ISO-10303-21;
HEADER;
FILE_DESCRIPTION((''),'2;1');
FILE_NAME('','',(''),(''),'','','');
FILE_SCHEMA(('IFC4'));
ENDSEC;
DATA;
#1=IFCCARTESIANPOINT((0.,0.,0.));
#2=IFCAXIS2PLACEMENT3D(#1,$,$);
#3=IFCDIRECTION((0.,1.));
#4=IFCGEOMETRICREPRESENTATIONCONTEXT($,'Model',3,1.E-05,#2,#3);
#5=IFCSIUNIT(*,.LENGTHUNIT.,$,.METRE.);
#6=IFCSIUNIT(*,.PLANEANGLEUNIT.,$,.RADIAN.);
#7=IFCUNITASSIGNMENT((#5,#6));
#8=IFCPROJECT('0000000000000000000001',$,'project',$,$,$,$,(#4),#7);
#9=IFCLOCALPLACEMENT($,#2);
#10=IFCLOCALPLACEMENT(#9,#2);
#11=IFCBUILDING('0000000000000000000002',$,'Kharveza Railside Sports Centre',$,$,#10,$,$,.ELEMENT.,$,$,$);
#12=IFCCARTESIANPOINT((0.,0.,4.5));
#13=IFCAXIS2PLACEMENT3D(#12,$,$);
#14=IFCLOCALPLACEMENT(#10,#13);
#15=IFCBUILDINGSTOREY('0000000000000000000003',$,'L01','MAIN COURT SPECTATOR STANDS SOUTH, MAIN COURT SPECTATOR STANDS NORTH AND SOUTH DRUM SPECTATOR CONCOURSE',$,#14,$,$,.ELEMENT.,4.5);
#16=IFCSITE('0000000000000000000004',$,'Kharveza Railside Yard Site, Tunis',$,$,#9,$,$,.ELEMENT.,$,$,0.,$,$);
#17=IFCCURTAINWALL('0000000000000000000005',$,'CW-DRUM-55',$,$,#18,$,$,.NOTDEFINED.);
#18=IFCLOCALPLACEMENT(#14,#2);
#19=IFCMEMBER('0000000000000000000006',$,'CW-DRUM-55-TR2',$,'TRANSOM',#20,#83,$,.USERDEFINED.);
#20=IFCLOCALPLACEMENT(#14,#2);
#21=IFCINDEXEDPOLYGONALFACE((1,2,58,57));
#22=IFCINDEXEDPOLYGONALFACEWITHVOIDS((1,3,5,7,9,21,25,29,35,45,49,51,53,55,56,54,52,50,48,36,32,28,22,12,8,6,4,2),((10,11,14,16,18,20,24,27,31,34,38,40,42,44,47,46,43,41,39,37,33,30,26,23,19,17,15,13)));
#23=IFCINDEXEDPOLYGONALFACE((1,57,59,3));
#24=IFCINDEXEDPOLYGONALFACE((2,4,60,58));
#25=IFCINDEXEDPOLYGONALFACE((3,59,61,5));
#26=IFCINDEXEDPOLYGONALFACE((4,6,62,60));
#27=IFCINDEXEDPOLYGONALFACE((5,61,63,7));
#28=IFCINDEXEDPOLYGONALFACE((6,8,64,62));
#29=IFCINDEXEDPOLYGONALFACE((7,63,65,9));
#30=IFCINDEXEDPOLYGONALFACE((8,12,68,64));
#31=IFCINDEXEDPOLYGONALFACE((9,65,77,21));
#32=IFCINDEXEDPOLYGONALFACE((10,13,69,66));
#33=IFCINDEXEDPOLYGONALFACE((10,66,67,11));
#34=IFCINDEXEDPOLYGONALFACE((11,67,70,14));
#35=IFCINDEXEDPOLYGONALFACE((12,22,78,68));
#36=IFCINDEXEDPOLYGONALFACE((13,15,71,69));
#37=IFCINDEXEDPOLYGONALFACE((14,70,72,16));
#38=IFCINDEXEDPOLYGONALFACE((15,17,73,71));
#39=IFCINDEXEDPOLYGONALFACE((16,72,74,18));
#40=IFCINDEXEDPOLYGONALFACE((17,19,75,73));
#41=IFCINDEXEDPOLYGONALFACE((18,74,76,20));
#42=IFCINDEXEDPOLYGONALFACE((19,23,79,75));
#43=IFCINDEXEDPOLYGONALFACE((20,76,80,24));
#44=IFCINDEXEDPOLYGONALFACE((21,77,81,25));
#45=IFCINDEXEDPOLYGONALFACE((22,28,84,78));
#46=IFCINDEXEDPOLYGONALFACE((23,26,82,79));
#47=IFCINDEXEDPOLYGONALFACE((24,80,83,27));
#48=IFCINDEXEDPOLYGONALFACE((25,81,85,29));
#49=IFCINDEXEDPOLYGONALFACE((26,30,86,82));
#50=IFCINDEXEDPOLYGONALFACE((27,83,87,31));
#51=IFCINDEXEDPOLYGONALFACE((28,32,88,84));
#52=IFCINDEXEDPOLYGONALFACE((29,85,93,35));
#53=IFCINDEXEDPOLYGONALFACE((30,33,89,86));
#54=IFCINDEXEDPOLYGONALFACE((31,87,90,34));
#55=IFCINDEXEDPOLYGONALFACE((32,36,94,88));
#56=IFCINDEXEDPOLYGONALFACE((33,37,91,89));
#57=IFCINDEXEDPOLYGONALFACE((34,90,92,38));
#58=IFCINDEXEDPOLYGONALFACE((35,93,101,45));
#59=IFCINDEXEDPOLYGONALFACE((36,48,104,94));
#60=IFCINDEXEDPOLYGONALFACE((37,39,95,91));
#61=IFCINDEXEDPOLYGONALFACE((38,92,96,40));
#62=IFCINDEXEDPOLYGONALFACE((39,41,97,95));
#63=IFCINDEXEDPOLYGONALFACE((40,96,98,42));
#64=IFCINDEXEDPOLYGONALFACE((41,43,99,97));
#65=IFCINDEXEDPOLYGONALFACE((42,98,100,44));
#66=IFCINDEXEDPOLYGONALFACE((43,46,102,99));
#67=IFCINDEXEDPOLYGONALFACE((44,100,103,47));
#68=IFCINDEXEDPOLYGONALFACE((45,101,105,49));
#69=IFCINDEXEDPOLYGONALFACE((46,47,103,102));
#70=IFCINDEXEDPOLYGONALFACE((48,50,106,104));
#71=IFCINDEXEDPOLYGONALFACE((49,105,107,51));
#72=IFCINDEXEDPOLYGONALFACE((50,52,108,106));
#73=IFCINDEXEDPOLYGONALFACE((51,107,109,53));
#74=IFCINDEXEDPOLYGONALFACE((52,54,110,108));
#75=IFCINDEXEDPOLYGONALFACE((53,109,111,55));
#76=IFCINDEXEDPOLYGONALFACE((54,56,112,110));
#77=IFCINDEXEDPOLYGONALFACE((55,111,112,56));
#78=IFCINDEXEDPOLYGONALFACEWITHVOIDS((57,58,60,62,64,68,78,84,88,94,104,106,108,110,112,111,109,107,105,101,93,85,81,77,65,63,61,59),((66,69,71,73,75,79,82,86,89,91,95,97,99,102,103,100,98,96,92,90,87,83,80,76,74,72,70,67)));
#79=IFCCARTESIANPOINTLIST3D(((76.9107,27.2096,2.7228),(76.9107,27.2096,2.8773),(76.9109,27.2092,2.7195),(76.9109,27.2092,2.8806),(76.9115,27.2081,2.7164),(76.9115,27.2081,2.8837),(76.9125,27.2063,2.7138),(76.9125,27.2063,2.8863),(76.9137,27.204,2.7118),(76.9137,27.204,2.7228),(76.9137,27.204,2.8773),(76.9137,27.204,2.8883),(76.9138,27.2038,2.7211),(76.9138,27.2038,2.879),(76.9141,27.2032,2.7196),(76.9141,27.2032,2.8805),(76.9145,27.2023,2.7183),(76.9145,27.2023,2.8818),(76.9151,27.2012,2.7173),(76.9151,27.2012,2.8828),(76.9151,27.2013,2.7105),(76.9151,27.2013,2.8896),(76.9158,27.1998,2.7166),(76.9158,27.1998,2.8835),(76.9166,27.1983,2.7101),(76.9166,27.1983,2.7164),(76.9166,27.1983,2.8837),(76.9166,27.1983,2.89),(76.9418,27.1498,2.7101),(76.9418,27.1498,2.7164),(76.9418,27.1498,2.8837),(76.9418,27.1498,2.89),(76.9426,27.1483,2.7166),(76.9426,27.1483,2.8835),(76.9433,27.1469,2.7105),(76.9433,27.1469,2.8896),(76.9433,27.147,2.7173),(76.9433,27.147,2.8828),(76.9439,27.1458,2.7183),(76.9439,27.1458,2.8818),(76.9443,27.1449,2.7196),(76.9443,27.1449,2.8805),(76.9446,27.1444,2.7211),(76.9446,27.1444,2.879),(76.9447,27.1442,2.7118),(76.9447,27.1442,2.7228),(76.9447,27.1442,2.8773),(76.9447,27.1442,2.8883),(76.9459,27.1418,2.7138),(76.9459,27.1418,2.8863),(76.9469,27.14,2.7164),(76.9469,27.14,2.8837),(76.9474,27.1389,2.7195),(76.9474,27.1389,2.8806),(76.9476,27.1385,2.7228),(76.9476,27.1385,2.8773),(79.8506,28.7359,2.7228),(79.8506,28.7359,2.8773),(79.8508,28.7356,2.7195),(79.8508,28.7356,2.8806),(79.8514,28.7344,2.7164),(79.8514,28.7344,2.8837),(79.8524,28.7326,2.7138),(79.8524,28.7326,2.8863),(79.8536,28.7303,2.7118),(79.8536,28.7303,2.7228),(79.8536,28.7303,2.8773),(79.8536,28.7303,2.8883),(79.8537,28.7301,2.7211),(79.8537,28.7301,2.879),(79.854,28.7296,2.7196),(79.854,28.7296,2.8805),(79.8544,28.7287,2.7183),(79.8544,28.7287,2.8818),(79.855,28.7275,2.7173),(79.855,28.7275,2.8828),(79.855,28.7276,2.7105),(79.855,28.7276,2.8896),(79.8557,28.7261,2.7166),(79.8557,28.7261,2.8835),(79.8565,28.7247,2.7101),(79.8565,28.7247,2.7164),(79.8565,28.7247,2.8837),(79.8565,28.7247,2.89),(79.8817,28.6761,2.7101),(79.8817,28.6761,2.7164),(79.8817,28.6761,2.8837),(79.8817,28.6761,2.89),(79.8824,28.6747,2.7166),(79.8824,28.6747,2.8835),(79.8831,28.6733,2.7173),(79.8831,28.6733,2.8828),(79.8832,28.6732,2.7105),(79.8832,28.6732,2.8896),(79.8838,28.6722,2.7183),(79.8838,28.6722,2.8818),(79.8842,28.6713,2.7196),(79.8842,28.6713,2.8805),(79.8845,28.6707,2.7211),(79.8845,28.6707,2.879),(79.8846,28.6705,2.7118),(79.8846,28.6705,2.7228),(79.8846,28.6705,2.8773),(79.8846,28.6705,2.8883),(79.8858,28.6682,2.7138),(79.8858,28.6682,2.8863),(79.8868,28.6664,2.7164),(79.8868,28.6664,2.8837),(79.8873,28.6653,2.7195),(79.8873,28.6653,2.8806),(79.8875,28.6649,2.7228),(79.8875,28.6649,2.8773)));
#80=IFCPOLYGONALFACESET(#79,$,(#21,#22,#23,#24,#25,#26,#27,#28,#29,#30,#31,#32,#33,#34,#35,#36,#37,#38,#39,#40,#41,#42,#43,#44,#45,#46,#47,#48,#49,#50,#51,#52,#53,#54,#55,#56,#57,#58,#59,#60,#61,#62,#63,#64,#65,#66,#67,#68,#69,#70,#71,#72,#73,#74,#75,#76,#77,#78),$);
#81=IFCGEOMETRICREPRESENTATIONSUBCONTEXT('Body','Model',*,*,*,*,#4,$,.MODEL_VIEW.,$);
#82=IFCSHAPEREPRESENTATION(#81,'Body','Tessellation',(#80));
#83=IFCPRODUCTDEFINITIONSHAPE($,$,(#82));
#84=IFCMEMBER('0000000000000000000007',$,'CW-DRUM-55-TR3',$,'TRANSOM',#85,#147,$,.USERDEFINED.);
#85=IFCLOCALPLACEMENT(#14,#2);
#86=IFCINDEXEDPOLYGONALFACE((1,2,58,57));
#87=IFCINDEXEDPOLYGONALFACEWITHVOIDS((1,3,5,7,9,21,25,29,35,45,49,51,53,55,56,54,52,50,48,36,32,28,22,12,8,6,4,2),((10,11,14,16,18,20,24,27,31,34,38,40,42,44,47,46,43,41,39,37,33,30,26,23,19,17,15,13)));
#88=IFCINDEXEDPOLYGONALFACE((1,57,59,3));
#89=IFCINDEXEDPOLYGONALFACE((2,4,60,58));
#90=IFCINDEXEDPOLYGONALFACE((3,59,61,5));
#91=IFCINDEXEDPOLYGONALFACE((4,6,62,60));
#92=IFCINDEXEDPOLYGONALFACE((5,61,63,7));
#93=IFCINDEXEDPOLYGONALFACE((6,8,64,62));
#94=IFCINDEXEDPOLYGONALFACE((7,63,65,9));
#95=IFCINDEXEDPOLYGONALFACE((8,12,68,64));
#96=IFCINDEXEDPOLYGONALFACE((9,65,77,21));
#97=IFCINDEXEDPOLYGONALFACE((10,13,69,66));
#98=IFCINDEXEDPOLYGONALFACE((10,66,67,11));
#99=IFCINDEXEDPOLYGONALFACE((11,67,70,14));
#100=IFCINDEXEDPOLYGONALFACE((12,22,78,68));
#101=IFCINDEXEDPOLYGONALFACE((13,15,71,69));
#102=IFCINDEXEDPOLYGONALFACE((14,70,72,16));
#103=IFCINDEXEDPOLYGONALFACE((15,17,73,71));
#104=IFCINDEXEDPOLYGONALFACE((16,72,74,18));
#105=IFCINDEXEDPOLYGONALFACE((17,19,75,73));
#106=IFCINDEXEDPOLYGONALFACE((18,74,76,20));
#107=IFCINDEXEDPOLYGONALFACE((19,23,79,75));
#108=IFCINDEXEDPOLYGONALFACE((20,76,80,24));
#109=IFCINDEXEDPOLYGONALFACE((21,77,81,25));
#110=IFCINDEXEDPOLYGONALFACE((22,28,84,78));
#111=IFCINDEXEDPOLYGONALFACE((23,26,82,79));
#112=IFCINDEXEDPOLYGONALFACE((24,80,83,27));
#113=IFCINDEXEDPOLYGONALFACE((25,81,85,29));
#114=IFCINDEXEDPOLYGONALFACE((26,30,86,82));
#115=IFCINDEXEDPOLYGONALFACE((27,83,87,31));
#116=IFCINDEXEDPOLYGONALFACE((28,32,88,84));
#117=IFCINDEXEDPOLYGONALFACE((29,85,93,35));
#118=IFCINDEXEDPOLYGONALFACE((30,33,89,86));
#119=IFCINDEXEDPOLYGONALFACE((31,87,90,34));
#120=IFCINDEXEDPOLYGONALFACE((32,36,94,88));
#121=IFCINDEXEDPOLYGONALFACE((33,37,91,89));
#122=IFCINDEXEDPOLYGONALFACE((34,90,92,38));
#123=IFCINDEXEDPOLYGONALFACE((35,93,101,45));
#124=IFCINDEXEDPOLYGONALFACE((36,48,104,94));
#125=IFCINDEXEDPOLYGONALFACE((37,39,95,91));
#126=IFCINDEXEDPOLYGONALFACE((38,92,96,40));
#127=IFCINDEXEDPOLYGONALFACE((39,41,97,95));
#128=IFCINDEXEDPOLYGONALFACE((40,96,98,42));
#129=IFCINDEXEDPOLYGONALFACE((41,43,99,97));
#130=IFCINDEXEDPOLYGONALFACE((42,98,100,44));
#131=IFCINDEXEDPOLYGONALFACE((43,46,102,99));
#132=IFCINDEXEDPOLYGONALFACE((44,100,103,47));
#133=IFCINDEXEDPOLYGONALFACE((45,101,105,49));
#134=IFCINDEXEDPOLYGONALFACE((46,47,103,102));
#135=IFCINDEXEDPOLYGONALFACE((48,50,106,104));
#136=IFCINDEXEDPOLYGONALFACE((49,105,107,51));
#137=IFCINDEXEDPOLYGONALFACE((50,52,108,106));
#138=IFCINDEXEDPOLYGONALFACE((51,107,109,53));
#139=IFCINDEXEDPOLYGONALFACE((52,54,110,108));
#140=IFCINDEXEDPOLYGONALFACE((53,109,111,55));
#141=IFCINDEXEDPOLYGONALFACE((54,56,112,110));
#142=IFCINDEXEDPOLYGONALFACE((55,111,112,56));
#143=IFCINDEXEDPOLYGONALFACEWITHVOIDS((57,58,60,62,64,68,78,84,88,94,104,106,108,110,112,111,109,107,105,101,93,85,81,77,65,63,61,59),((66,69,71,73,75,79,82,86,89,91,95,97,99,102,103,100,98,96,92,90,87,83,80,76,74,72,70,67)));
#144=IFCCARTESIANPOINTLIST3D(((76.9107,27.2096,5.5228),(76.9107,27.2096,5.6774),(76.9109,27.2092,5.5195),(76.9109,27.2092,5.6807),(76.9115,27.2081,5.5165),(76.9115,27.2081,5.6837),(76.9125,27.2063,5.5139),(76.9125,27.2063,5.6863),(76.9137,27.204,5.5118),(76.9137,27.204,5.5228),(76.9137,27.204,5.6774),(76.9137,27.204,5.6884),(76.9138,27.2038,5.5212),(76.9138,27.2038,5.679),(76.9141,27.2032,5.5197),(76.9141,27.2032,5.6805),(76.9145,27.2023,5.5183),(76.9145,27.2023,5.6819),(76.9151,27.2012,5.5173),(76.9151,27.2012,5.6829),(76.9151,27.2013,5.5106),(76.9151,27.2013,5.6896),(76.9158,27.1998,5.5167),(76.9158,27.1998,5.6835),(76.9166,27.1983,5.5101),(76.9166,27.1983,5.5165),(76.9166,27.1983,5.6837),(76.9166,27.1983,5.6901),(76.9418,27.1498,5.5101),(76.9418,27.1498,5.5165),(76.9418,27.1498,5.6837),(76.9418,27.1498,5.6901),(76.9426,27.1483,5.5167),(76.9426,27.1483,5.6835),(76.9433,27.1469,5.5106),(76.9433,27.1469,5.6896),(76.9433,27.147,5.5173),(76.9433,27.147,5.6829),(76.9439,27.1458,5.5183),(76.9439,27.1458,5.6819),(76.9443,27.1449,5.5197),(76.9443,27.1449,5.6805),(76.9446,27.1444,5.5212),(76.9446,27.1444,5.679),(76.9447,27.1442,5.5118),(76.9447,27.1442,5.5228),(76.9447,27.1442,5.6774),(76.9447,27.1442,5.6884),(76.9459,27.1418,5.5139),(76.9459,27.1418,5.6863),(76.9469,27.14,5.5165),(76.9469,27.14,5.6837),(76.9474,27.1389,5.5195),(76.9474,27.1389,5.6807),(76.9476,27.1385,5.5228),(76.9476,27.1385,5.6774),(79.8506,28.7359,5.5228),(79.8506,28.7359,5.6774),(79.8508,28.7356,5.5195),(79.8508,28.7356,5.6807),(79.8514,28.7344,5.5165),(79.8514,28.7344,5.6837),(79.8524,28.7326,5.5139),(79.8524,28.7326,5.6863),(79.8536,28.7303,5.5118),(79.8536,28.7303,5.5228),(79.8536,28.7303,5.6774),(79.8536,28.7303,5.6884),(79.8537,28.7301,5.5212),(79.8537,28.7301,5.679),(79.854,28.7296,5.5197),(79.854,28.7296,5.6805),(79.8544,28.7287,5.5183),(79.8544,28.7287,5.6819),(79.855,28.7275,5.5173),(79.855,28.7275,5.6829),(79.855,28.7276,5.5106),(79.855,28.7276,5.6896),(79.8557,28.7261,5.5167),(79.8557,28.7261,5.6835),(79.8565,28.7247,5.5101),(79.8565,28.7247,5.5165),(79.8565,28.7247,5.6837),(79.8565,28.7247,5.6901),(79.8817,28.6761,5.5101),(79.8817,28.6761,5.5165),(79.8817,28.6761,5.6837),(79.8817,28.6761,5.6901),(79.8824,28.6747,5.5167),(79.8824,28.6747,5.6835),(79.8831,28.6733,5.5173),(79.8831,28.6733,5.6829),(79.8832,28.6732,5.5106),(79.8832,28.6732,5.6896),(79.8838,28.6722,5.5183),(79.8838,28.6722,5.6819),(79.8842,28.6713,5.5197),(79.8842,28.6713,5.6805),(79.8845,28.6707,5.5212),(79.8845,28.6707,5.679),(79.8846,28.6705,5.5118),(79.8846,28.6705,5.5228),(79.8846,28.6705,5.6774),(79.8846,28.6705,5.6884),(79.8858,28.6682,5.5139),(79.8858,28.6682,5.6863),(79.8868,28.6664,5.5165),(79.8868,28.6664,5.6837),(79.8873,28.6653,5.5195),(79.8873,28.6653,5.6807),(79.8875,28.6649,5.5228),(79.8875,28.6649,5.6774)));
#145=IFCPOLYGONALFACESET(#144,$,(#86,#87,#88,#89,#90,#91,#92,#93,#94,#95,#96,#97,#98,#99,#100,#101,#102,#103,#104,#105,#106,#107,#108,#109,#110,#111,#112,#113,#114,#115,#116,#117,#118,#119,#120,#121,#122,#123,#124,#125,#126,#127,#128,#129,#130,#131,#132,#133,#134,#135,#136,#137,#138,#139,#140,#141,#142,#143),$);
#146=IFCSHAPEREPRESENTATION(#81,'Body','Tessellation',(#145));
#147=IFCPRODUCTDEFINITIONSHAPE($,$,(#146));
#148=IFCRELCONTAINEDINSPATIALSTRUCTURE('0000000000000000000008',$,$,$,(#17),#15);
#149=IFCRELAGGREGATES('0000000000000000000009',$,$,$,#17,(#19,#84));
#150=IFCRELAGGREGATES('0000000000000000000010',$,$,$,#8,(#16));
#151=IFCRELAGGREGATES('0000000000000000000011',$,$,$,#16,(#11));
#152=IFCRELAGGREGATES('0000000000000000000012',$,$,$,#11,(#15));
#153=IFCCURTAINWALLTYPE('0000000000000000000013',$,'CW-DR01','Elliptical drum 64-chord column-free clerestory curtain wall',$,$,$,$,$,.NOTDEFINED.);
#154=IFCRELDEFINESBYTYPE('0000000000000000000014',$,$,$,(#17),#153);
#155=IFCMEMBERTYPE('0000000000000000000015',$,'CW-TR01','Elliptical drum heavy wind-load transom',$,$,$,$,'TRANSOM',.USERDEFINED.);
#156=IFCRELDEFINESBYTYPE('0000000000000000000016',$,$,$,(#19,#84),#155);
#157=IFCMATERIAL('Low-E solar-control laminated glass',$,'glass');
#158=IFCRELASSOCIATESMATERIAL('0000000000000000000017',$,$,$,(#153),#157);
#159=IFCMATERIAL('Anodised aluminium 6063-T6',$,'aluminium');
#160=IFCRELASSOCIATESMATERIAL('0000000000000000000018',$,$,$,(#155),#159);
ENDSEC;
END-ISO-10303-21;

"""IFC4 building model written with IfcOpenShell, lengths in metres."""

from ifc_helpers import new_model, si_unit, direction, frame, origin, origin_2d, place, context, subcontext, project, spatial, hollow_rectangle, extrude, material, material_profile, profile_set, type_object, element, aggregate, save


model = new_model("IFC4")

# Units and contexts
model_context = context("Model", 3, precision=1e-05, world=origin(), true_north=direction((0.0, 1.0)))
body_context = subcontext(model_context, "Body", "Model", "MODEL_VIEW")
ifc_project = project(units=[si_unit("LENGTHUNIT", "METRE"), si_unit("PLANEANGLEUNIT", "RADIAN")], contexts=[model_context])

# Site, building, storey
site_placement = place(None, origin())
site = spatial("IfcSite", under=ifc_project, at=site_placement, Name="Kharveza Railside Yard Site, Tunis", CompositionType="ELEMENT", RefElevation=0.0)
building_placement = place(site_placement, origin())
building = spatial("IfcBuilding", under=site, at=building_placement, Name="Kharveza Railside Sports Centre", CompositionType="ELEMENT")
storey_placement = place(building_placement, frame((0.0, 0.0, 4.5)))
storey = spatial("IfcBuildingStorey", under=building, at=storey_placement, Name="L01", Description="MAIN COURT SPECTATOR STANDS SOUTH, MAIN COURT SPECTATOR STANDS NORTH AND SOUTH DRUM SPECTATOR CONCOURSE", CompositionType="ELEMENT", Elevation=4.5)

# Shared definitions
ifc_material_1 = material(Name="Low-E solar-control laminated glass", Category="glass")
curtain_wall_type = type_object("IfcCurtainWallType", Name="CW-DR01", Description="Elliptical drum 64-chord column-free clerestory curtain wall", PredefinedType="NOTDEFINED", material=ifc_material_1)
ifc_material_2 = material(Name="Anodised aluminium 6063-T6", Category="aluminium")

# Curtain wall
curtain_wall_1_placement = place(storey_placement, origin())
curtain_wall_1 = element("IfcCurtainWall", 1, at=curtain_wall_1_placement, inside=storey, type_object=curtain_wall_type, Name="CW-DRUM-55", PredefinedType="NOTDEFINED")

# Members
ifc_material_profile_1 = material_profile(ifc_material_2, hollow_rectangle(XDim=0.0801, YDim=0.1799, WallThickness=0.0063, InnerFilletRadius=0.0063, OuterFilletRadius=0.0127, at=origin_2d()), Name="RHS 80x180x6.3")
ifc_profile_set_1 = profile_set([ifc_material_profile_1], Name="Anodised aluminium 6063-T6")
member_type_1 = type_object("IfcMemberType", Name="CW-TR01", Description="Elliptical drum heavy wind-load transom", ElementType="TRANSOM", PredefinedType="USERDEFINED", material=ifc_profile_set_1)
member_1_placement = place(storey_placement, frame((76.9292, 27.1741, 2.8), z_axis=(0.887513, 0.460782, 0.0), x_axis=(-0.460782, 0.887513, 0.0)))
member_1 = element("IfcMember", 2, at=member_1_placement, type_object=member_type_1, Name="CW-DRUM-55-TR2", ObjectType="TRANSOM", PredefinedType="USERDEFINED", context=body_context, shape_type="SweptSolid", body=[
    extrude(hollow_rectangle(XDim=0.0801, YDim=0.1799, WallThickness=0.0063, InnerFilletRadius=0.0063, OuterFilletRadius=0.0127, at=origin_2d()), origin(), (0.0, 0.0, 1.0), 3.3125),
])
member_2_placement = place(storey_placement, frame((76.9292, 27.1741, 5.6001), z_axis=(0.887513, 0.460782, 0.0), x_axis=(-0.460782, 0.887513, 0.0)))
member_2 = element("IfcMember", 3, at=member_2_placement, type_object=member_type_1, Name="CW-DRUM-55-TR3", ObjectType="TRANSOM", PredefinedType="USERDEFINED", context=body_context, shape_type="SweptSolid", body=[
    extrude(hollow_rectangle(XDim=0.0801, YDim=0.1799, WallThickness=0.0063, InnerFilletRadius=0.0063, OuterFilletRadius=0.0127, at=origin_2d()), origin(), (0.0, 0.0, 1.0), 3.3125),
])

aggregate(curtain_wall_1, [member_1, member_2])

save(model, "model.ifc")
